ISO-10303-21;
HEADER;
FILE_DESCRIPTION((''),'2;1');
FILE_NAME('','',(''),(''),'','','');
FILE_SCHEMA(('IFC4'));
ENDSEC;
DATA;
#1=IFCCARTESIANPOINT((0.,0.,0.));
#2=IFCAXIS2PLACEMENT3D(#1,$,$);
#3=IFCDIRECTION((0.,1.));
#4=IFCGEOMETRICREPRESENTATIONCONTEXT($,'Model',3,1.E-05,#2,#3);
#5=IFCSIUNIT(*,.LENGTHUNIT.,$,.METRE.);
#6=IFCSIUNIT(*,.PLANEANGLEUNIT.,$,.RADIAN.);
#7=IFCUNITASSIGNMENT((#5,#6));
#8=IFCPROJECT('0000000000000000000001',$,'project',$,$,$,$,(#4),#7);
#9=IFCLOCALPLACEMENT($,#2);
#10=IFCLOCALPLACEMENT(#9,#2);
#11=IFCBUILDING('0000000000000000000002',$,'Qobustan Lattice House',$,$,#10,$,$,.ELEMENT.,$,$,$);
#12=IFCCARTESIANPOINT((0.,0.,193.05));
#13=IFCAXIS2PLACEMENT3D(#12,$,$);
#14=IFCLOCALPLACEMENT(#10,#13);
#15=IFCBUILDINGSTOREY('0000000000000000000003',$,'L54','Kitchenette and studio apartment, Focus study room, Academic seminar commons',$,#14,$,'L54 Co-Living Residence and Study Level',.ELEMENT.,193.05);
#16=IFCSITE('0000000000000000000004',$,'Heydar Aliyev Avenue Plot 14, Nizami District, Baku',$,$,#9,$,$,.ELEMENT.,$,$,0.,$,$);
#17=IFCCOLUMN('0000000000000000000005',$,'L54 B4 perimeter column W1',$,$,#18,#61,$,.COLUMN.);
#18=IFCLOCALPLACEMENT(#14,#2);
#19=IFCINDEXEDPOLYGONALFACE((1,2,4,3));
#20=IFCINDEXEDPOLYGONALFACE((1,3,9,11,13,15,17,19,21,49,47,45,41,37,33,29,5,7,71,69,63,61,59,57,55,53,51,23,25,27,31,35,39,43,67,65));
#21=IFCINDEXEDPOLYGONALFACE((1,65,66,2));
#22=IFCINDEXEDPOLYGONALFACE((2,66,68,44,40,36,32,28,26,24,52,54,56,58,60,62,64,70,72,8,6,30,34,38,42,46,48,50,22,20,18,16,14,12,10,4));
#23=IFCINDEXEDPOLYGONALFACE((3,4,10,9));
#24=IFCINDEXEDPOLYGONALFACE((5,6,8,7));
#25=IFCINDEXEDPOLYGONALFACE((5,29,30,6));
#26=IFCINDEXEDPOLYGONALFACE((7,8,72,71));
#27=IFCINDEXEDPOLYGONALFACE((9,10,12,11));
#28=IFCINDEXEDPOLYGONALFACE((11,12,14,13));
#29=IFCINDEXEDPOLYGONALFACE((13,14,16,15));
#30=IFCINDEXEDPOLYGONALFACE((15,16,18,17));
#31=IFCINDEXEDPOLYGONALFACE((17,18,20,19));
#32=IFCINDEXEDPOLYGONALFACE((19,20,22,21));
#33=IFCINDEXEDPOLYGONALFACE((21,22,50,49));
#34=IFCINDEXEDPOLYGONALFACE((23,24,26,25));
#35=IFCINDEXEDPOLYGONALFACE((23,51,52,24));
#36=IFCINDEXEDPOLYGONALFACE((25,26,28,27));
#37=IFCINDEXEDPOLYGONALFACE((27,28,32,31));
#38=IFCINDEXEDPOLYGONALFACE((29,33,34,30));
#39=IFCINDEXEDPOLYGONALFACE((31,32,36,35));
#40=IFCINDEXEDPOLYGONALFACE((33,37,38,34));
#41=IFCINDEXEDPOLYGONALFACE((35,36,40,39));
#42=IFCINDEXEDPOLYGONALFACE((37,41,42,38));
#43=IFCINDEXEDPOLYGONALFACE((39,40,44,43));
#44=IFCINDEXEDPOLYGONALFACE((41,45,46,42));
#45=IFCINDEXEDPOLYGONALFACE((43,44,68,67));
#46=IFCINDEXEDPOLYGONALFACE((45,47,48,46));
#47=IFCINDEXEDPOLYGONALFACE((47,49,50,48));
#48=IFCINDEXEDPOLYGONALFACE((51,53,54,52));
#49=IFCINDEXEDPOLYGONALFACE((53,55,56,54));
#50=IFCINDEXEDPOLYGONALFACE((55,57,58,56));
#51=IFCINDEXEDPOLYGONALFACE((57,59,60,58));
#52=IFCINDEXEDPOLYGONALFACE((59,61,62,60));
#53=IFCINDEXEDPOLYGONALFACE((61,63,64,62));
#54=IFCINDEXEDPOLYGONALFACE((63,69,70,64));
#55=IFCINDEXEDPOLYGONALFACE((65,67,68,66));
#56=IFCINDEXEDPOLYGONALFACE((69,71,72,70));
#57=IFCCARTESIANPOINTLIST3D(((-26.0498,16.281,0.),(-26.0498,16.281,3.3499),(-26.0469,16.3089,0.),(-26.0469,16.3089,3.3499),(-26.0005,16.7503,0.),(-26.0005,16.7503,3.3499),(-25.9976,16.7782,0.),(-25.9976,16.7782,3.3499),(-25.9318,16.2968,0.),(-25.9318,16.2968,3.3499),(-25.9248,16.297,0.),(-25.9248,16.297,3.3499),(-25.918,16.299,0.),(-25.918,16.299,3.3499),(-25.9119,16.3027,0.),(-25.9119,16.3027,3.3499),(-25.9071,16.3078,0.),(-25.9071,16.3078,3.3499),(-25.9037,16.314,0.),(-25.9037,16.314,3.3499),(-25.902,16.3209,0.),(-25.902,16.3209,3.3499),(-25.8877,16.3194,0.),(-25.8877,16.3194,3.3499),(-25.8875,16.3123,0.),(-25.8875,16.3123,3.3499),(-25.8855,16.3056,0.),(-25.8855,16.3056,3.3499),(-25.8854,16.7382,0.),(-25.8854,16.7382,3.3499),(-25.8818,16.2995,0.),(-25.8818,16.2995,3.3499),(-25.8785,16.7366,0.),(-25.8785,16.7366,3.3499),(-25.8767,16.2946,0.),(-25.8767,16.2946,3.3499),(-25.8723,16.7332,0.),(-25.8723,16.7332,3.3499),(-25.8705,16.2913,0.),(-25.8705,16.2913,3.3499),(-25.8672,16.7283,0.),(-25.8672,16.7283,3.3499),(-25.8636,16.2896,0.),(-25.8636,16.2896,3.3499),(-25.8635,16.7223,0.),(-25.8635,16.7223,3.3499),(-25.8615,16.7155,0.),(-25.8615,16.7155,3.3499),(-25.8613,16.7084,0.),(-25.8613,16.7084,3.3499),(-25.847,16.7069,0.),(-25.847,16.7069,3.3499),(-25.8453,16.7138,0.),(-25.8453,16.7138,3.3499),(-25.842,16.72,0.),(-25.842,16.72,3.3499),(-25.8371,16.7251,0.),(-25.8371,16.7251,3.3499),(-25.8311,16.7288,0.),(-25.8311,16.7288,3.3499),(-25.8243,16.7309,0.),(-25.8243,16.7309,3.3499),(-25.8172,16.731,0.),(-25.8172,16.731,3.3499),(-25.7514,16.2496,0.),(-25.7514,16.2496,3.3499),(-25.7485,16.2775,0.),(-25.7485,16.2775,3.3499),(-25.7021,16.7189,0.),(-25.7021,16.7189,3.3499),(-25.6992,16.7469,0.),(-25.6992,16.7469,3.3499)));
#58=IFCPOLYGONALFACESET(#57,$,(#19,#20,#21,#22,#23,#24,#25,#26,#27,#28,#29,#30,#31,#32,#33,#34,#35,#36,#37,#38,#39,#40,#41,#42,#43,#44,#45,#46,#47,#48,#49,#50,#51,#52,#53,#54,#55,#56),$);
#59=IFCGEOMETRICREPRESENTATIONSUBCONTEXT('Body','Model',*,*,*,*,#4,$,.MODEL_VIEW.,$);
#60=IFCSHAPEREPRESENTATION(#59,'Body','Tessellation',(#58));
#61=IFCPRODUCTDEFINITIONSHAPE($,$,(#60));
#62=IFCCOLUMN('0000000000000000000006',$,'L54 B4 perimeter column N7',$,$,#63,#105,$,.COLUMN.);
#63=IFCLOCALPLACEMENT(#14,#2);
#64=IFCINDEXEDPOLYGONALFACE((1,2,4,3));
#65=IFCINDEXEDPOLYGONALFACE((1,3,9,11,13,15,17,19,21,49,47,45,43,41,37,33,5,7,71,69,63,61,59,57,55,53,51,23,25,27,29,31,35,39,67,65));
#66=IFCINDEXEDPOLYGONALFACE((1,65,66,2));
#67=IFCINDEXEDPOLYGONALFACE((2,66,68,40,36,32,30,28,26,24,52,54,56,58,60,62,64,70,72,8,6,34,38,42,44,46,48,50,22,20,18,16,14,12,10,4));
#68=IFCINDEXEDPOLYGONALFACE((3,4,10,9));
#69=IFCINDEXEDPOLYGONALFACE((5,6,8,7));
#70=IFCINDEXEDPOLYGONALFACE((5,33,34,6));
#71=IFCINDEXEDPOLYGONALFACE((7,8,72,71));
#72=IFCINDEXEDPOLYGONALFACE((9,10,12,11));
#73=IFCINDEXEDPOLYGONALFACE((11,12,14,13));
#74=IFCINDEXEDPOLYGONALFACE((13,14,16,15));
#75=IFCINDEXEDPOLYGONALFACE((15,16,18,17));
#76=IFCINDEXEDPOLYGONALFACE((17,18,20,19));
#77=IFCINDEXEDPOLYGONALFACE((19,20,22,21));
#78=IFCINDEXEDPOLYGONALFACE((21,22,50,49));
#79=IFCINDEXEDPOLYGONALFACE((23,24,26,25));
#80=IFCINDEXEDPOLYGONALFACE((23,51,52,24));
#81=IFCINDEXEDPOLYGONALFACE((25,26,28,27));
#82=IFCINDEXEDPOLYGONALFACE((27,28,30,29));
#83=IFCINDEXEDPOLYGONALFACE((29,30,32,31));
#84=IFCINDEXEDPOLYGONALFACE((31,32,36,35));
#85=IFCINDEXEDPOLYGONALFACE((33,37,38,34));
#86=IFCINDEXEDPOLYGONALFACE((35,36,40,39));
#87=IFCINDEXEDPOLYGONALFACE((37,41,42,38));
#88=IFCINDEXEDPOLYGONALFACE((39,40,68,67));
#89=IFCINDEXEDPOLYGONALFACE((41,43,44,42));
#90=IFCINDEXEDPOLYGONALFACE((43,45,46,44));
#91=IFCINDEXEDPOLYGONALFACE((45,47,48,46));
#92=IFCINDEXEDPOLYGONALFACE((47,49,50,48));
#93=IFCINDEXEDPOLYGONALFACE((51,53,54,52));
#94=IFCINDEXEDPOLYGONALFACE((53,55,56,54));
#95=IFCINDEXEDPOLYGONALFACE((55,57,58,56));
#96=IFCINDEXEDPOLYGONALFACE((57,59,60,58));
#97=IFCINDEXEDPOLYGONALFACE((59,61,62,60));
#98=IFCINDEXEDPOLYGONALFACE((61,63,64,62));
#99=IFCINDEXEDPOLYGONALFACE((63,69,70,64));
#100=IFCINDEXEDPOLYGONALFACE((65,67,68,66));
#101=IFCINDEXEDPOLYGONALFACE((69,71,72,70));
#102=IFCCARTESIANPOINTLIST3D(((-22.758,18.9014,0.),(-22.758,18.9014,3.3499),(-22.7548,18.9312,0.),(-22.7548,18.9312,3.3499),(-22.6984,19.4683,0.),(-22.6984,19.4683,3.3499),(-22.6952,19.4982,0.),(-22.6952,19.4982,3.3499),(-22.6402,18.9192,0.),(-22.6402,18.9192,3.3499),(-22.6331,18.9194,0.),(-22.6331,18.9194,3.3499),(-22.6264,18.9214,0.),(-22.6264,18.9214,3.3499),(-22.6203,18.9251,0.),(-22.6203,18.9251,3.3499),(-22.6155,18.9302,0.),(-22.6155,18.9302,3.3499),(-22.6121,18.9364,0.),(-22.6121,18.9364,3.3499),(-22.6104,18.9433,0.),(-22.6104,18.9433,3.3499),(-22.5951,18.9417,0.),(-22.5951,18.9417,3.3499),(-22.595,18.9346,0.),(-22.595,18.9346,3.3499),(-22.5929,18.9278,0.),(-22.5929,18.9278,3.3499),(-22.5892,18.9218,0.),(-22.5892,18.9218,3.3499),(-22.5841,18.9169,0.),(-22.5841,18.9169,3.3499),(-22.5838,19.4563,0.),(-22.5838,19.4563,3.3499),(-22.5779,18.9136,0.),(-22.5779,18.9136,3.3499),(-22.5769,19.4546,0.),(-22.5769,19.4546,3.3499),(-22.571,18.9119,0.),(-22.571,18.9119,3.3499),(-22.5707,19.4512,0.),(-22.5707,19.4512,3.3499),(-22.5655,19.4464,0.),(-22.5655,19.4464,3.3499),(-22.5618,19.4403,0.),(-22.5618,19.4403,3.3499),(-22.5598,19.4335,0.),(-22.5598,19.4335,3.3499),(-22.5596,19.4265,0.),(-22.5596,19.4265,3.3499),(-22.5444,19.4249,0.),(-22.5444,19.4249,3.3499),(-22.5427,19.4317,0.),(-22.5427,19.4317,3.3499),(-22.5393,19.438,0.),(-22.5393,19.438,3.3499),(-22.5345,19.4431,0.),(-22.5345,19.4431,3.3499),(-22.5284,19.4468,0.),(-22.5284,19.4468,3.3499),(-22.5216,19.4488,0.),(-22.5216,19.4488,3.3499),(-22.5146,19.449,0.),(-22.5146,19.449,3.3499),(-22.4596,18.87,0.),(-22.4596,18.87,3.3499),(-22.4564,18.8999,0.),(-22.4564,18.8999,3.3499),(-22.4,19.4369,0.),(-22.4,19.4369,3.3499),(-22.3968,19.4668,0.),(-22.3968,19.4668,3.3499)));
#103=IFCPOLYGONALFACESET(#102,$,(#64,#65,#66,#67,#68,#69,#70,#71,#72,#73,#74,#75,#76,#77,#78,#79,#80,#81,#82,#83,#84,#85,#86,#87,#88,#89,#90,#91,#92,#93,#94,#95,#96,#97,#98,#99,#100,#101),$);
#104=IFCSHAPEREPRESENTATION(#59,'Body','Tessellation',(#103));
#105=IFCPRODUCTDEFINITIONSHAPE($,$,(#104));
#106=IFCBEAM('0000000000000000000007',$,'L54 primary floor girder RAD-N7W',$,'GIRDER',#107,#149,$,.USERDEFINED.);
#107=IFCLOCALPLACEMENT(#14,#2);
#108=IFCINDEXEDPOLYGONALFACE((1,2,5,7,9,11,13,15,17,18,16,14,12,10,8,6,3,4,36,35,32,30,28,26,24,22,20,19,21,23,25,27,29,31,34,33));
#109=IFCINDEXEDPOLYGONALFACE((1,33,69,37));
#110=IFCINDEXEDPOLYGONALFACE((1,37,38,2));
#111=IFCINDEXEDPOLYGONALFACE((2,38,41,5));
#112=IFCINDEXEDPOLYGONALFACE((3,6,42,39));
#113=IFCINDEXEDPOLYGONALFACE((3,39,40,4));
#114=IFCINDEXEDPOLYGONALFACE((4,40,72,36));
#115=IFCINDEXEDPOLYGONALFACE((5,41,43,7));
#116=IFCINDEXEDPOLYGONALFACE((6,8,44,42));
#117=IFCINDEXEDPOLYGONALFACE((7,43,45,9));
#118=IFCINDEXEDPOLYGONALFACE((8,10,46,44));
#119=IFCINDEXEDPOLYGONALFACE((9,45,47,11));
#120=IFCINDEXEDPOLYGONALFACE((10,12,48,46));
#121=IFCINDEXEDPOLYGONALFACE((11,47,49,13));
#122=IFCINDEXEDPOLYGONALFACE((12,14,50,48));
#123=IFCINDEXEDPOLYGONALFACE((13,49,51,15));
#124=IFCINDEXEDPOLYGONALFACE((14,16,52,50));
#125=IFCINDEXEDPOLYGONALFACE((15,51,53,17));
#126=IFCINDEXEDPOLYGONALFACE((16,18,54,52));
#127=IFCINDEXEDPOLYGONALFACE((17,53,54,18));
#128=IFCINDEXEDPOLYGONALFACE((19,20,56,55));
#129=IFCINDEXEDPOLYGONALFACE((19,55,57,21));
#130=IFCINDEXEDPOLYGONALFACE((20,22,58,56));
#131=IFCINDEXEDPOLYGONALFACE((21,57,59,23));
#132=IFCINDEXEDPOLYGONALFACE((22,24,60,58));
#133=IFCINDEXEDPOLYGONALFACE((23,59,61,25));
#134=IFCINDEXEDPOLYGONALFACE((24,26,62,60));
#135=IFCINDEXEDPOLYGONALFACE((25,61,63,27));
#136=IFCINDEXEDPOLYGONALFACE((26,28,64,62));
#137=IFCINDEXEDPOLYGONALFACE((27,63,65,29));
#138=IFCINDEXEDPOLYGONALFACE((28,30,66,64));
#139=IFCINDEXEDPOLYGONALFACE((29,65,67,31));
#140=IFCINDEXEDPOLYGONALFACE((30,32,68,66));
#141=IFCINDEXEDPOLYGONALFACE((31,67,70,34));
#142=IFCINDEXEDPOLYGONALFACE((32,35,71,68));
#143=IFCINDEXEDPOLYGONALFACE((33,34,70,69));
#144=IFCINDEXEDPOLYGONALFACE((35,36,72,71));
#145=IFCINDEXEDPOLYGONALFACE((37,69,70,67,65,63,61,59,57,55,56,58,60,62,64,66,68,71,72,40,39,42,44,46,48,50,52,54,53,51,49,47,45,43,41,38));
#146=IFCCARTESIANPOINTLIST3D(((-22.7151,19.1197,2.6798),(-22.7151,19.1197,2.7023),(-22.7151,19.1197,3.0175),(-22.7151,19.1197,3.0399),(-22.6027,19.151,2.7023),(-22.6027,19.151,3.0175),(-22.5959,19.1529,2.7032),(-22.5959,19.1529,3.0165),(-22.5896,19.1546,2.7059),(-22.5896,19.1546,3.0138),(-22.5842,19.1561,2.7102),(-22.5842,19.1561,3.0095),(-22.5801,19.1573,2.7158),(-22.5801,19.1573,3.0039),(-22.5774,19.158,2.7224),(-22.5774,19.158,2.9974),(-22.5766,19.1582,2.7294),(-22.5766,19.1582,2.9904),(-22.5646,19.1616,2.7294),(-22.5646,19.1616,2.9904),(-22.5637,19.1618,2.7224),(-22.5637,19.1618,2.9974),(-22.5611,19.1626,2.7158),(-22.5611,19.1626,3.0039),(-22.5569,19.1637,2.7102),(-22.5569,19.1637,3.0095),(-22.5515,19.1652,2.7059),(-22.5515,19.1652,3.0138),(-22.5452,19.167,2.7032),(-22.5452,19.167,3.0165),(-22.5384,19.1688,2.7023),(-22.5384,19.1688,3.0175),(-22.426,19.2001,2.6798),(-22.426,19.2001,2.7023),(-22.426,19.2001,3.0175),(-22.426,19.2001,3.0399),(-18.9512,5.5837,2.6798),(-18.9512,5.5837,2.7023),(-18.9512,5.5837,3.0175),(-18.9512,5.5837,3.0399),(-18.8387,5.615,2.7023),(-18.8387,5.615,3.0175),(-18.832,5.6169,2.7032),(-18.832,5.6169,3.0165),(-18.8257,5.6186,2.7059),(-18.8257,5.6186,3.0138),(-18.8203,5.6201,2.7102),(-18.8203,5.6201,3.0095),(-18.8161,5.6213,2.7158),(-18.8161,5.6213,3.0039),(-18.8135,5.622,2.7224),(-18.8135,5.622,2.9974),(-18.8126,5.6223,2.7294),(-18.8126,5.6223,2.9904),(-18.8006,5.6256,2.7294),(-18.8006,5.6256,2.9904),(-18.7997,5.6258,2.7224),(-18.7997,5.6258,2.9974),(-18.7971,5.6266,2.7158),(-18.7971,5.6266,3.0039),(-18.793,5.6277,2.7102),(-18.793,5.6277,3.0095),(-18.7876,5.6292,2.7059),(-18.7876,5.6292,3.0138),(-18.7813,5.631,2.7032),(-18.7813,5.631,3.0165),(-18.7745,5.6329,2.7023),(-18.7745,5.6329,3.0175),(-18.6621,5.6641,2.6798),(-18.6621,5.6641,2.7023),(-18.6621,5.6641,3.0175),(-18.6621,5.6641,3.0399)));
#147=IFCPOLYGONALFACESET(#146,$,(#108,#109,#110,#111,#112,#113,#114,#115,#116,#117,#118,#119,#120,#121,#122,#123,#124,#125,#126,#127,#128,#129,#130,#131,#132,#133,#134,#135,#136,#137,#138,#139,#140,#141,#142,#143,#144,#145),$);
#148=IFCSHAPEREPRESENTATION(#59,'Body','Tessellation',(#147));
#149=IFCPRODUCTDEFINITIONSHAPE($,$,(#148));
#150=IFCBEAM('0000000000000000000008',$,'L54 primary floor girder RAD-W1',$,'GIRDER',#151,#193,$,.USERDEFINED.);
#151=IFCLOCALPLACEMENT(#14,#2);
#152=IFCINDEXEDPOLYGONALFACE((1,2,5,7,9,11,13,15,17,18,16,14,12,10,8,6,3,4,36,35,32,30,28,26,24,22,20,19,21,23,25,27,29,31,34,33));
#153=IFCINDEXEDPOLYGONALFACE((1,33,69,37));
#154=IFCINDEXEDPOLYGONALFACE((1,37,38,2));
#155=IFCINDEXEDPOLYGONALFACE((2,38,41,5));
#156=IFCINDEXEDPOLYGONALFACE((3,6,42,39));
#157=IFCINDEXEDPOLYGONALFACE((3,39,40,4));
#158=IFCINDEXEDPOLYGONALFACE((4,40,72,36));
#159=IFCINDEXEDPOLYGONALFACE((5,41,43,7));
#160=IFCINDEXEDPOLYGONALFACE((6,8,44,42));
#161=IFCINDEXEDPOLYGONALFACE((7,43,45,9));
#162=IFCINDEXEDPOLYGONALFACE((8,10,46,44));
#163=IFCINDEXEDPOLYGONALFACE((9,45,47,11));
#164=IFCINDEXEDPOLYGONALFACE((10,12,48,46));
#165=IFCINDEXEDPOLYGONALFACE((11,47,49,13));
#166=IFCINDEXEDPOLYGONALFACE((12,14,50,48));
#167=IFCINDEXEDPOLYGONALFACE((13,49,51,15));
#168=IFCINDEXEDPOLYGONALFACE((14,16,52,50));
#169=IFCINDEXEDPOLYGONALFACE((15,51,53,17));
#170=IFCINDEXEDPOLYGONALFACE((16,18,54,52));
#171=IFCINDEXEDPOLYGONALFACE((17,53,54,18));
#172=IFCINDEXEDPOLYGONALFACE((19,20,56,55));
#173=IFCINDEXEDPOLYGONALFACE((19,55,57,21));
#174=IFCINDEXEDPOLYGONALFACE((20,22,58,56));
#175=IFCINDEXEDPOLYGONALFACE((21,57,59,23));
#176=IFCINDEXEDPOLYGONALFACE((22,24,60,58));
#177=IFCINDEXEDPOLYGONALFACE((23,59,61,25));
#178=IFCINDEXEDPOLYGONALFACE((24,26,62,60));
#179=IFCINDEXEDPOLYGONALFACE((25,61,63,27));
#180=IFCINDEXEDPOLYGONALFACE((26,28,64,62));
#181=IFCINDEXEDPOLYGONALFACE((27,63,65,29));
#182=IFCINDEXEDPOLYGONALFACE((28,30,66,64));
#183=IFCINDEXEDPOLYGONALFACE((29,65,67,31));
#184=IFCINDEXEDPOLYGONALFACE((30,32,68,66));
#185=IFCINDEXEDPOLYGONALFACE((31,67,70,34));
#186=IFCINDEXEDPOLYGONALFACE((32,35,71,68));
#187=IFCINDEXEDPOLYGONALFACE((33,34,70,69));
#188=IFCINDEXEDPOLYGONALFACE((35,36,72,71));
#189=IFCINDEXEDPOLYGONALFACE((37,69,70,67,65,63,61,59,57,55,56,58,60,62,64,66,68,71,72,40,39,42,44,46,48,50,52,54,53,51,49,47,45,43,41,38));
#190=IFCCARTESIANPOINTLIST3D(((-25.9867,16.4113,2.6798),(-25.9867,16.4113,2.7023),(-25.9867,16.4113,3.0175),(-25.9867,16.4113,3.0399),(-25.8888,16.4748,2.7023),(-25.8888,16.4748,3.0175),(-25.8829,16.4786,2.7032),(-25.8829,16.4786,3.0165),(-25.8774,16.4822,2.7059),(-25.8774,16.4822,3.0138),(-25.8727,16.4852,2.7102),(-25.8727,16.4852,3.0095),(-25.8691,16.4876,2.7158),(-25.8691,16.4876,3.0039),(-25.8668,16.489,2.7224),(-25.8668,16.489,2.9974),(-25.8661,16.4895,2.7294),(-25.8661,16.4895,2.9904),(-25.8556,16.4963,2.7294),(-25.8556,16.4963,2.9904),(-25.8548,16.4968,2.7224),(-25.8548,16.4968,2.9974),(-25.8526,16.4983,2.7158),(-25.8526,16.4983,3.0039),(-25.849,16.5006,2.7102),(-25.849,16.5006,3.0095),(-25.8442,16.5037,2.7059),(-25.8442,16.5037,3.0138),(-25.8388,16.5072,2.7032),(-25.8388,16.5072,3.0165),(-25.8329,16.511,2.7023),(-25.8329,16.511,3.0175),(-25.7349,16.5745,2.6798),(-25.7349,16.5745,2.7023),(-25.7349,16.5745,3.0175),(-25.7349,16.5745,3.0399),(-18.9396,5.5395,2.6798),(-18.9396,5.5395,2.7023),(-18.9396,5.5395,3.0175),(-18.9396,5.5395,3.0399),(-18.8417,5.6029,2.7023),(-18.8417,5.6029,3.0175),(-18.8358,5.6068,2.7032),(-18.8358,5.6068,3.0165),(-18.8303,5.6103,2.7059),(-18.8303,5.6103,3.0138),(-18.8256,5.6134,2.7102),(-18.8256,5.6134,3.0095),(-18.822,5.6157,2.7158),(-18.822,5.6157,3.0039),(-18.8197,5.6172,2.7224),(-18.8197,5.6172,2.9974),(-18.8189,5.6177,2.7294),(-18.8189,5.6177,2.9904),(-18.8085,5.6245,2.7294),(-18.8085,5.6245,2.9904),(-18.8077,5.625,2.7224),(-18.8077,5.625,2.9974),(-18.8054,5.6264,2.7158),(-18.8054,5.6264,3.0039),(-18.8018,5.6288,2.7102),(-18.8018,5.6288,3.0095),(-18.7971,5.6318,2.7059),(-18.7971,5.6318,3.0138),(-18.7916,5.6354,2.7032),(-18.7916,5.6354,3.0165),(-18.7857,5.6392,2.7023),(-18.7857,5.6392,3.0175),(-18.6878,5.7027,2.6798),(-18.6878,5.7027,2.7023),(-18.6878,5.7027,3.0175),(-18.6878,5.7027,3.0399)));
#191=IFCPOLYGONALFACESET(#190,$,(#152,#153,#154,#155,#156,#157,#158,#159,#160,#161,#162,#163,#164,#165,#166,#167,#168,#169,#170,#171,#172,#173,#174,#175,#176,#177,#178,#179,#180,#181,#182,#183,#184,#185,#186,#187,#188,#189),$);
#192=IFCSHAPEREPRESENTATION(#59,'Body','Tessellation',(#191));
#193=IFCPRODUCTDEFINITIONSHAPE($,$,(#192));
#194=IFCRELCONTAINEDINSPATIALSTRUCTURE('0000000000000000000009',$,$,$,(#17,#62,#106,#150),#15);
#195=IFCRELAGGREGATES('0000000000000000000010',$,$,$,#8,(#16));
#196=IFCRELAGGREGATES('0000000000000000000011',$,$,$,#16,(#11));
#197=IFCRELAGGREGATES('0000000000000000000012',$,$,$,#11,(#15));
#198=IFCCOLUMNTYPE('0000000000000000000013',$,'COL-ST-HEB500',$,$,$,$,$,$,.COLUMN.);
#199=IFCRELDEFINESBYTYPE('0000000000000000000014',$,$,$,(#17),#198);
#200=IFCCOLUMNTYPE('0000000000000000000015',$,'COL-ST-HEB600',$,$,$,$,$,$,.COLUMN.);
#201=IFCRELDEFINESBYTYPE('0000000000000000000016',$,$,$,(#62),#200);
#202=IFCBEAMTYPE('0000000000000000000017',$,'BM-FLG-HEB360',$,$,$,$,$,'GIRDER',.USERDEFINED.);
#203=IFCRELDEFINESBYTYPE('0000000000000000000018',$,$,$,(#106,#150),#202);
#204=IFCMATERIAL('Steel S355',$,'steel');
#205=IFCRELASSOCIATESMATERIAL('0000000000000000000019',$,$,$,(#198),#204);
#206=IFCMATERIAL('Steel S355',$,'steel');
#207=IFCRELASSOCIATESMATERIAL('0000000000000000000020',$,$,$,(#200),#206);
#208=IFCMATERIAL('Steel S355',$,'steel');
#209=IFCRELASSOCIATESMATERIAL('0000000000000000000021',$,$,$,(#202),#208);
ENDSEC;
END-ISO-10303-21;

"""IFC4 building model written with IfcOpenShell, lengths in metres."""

from ifc_helpers import new_model, si_unit, direction, frame, origin, origin_2d, place, context, subcontext, project, spatial, i_section, extrude, material, material_profile, profile_set, type_object, element, save


model = new_model("IFC4")

# Units and contexts
model_context = context("Model", 3, precision=1e-05, world=origin(), true_north=direction((0.0, 1.0)))
body_context = subcontext(model_context, "Body", "Model", "MODEL_VIEW")
ifc_project = project(units=[si_unit("LENGTHUNIT", "METRE"), si_unit("PLANEANGLEUNIT", "RADIAN")], contexts=[model_context])

# Site, building, storey
site_placement = place(None, origin())
site = spatial("IfcSite", under=ifc_project, at=site_placement, Name="Heydar Aliyev Avenue Plot 14, Nizami District, Baku", CompositionType="ELEMENT", RefElevation=0.0)
building_placement = place(site_placement, origin())
building = spatial("IfcBuilding", under=site, at=building_placement, Name="Qobustan Lattice House", CompositionType="ELEMENT")
storey_placement = place(building_placement, frame((0.0, 0.0, 193.05)))
storey = spatial("IfcBuildingStorey", under=building, at=storey_placement, Name="L54", Description="Kitchenette and studio apartment, Focus study room, Academic seminar commons", LongName="L54 Co-Living Residence and Study Level", CompositionType="ELEMENT", Elevation=193.05)

# Columns
ifc_material_1 = material(Name="Steel S355", Category="steel")
ifc_material_profile_1 = material_profile(ifc_material_1, i_section(OverallWidth=0.3, OverallDepth=0.5, WebThickness=0.0144, FlangeThickness=0.0281, FilletRadius=0.0271, at=origin_2d()), Name="HEB500")
ifc_profile_set_1 = profile_set([ifc_material_profile_1], Name="Steel S355")
column_type_1 = type_object("IfcColumnType", Name="COL-ST-HEB500", PredefinedType="COLUMN", material=ifc_profile_set_1)
column_1_placement = place(storey_placement, frame((-25.8745, 16.5139, 0.0), z_axis=(0.0, 0.0, 1.0), x_axis=(0.994522, -0.104528, 0.0)))
element("IfcColumn", 1, at=column_1_placement, inside=storey, type_object=column_type_1, Name="L54 B4 perimeter column W1", PredefinedType="COLUMN", context=body_context, shape_type="SweptSolid", body=[
    extrude(i_section(OverallWidth=0.3, OverallDepth=0.5, WebThickness=0.0144, FlangeThickness=0.0281, FilletRadius=0.0271, at=origin_2d()), origin(), (0.0, 0.0, 1.0), 3.3499),
])
ifc_material_2 = material(Name="Steel S355", Category="steel")
ifc_material_profile_2 = material_profile(ifc_material_2, i_section(OverallWidth=0.3, OverallDepth=0.6001, WebThickness=0.0154, FlangeThickness=0.03, FilletRadius=0.0271, at=origin_2d()), Name="HEB600")
ifc_profile_set_2 = profile_set([ifc_material_profile_2], Name="Steel S355")
column_type_2 = type_object("IfcColumnType", Name="COL-ST-HEB600", PredefinedType="COLUMN", material=ifc_profile_set_2)
column_2_placement = place(storey_placement, frame((-22.5774, 19.1841, 0.0), z_axis=(0.0, 0.0, 1.0), x_axis=(0.994522, -0.104528, 0.0)))
element("IfcColumn", 2, at=column_2_placement, inside=storey, type_object=column_type_2, Name="L54 B4 perimeter column N7", PredefinedType="COLUMN", context=body_context, shape_type="SweptSolid", body=[
    extrude(i_section(OverallWidth=0.3, OverallDepth=0.6001, WebThickness=0.0154, FlangeThickness=0.03, FilletRadius=0.0271, at=origin_2d()), origin(), (0.0, 0.0, 1.0), 3.3499),
])

# Beams
ifc_material_3 = material(Name="Steel S355", Category="steel")
ifc_material_profile_3 = material_profile(ifc_material_3, i_section(OverallWidth=0.3, OverallDepth=0.3601, WebThickness=0.0125, FlangeThickness=0.0225, FilletRadius=0.0271, at=origin_2d()), Name="HEB360")
ifc_profile_set_3 = profile_set([ifc_material_profile_3], Name="Steel S355")
beam_type_1 = type_object("IfcBeamType", Name="BM-FLG-HEB360", ElementType="GIRDER", PredefinedType="USERDEFINED", material=ifc_profile_set_3)
beam_1_placement = place(storey_placement, frame((-22.5706, 19.1599, 2.8599), z_axis=(0.267905, -0.963445, 0.0), x_axis=(0.963445, 0.267905, 0.0)))
element("IfcBeam", 3, at=beam_1_placement, inside=storey, type_object=beam_type_1, Name="L54 primary floor girder RAD-N7W", ObjectType="GIRDER", PredefinedType="USERDEFINED", context=body_context, shape_type="SweptSolid", body=[
    extrude(i_section(OverallWidth=0.3, OverallDepth=0.3601, WebThickness=0.0125, FlangeThickness=0.0225, FilletRadius=0.0271, at=origin_2d()), origin(), (0.0, 0.0, 1.0), 14.0496),
])
beam_2_placement = place(storey_placement, frame((-25.8608, 16.4929, 2.8599), z_axis=(0.543926, -0.839133, 0.0), x_axis=(0.839133, 0.543926, 0.0)))
element("IfcBeam", 4, at=beam_2_placement, inside=storey, type_object=beam_type_1, Name="L54 primary floor girder RAD-W1", ObjectType="GIRDER", PredefinedType="USERDEFINED", context=body_context, shape_type="SweptSolid", body=[
    extrude(i_section(OverallWidth=0.3, OverallDepth=0.3601, WebThickness=0.0125, FlangeThickness=0.0225, FilletRadius=0.0271, at=origin_2d()), origin(), (0.0, 0.0, 1.0), 12.9561),
])

save(model, "model.ifc")
